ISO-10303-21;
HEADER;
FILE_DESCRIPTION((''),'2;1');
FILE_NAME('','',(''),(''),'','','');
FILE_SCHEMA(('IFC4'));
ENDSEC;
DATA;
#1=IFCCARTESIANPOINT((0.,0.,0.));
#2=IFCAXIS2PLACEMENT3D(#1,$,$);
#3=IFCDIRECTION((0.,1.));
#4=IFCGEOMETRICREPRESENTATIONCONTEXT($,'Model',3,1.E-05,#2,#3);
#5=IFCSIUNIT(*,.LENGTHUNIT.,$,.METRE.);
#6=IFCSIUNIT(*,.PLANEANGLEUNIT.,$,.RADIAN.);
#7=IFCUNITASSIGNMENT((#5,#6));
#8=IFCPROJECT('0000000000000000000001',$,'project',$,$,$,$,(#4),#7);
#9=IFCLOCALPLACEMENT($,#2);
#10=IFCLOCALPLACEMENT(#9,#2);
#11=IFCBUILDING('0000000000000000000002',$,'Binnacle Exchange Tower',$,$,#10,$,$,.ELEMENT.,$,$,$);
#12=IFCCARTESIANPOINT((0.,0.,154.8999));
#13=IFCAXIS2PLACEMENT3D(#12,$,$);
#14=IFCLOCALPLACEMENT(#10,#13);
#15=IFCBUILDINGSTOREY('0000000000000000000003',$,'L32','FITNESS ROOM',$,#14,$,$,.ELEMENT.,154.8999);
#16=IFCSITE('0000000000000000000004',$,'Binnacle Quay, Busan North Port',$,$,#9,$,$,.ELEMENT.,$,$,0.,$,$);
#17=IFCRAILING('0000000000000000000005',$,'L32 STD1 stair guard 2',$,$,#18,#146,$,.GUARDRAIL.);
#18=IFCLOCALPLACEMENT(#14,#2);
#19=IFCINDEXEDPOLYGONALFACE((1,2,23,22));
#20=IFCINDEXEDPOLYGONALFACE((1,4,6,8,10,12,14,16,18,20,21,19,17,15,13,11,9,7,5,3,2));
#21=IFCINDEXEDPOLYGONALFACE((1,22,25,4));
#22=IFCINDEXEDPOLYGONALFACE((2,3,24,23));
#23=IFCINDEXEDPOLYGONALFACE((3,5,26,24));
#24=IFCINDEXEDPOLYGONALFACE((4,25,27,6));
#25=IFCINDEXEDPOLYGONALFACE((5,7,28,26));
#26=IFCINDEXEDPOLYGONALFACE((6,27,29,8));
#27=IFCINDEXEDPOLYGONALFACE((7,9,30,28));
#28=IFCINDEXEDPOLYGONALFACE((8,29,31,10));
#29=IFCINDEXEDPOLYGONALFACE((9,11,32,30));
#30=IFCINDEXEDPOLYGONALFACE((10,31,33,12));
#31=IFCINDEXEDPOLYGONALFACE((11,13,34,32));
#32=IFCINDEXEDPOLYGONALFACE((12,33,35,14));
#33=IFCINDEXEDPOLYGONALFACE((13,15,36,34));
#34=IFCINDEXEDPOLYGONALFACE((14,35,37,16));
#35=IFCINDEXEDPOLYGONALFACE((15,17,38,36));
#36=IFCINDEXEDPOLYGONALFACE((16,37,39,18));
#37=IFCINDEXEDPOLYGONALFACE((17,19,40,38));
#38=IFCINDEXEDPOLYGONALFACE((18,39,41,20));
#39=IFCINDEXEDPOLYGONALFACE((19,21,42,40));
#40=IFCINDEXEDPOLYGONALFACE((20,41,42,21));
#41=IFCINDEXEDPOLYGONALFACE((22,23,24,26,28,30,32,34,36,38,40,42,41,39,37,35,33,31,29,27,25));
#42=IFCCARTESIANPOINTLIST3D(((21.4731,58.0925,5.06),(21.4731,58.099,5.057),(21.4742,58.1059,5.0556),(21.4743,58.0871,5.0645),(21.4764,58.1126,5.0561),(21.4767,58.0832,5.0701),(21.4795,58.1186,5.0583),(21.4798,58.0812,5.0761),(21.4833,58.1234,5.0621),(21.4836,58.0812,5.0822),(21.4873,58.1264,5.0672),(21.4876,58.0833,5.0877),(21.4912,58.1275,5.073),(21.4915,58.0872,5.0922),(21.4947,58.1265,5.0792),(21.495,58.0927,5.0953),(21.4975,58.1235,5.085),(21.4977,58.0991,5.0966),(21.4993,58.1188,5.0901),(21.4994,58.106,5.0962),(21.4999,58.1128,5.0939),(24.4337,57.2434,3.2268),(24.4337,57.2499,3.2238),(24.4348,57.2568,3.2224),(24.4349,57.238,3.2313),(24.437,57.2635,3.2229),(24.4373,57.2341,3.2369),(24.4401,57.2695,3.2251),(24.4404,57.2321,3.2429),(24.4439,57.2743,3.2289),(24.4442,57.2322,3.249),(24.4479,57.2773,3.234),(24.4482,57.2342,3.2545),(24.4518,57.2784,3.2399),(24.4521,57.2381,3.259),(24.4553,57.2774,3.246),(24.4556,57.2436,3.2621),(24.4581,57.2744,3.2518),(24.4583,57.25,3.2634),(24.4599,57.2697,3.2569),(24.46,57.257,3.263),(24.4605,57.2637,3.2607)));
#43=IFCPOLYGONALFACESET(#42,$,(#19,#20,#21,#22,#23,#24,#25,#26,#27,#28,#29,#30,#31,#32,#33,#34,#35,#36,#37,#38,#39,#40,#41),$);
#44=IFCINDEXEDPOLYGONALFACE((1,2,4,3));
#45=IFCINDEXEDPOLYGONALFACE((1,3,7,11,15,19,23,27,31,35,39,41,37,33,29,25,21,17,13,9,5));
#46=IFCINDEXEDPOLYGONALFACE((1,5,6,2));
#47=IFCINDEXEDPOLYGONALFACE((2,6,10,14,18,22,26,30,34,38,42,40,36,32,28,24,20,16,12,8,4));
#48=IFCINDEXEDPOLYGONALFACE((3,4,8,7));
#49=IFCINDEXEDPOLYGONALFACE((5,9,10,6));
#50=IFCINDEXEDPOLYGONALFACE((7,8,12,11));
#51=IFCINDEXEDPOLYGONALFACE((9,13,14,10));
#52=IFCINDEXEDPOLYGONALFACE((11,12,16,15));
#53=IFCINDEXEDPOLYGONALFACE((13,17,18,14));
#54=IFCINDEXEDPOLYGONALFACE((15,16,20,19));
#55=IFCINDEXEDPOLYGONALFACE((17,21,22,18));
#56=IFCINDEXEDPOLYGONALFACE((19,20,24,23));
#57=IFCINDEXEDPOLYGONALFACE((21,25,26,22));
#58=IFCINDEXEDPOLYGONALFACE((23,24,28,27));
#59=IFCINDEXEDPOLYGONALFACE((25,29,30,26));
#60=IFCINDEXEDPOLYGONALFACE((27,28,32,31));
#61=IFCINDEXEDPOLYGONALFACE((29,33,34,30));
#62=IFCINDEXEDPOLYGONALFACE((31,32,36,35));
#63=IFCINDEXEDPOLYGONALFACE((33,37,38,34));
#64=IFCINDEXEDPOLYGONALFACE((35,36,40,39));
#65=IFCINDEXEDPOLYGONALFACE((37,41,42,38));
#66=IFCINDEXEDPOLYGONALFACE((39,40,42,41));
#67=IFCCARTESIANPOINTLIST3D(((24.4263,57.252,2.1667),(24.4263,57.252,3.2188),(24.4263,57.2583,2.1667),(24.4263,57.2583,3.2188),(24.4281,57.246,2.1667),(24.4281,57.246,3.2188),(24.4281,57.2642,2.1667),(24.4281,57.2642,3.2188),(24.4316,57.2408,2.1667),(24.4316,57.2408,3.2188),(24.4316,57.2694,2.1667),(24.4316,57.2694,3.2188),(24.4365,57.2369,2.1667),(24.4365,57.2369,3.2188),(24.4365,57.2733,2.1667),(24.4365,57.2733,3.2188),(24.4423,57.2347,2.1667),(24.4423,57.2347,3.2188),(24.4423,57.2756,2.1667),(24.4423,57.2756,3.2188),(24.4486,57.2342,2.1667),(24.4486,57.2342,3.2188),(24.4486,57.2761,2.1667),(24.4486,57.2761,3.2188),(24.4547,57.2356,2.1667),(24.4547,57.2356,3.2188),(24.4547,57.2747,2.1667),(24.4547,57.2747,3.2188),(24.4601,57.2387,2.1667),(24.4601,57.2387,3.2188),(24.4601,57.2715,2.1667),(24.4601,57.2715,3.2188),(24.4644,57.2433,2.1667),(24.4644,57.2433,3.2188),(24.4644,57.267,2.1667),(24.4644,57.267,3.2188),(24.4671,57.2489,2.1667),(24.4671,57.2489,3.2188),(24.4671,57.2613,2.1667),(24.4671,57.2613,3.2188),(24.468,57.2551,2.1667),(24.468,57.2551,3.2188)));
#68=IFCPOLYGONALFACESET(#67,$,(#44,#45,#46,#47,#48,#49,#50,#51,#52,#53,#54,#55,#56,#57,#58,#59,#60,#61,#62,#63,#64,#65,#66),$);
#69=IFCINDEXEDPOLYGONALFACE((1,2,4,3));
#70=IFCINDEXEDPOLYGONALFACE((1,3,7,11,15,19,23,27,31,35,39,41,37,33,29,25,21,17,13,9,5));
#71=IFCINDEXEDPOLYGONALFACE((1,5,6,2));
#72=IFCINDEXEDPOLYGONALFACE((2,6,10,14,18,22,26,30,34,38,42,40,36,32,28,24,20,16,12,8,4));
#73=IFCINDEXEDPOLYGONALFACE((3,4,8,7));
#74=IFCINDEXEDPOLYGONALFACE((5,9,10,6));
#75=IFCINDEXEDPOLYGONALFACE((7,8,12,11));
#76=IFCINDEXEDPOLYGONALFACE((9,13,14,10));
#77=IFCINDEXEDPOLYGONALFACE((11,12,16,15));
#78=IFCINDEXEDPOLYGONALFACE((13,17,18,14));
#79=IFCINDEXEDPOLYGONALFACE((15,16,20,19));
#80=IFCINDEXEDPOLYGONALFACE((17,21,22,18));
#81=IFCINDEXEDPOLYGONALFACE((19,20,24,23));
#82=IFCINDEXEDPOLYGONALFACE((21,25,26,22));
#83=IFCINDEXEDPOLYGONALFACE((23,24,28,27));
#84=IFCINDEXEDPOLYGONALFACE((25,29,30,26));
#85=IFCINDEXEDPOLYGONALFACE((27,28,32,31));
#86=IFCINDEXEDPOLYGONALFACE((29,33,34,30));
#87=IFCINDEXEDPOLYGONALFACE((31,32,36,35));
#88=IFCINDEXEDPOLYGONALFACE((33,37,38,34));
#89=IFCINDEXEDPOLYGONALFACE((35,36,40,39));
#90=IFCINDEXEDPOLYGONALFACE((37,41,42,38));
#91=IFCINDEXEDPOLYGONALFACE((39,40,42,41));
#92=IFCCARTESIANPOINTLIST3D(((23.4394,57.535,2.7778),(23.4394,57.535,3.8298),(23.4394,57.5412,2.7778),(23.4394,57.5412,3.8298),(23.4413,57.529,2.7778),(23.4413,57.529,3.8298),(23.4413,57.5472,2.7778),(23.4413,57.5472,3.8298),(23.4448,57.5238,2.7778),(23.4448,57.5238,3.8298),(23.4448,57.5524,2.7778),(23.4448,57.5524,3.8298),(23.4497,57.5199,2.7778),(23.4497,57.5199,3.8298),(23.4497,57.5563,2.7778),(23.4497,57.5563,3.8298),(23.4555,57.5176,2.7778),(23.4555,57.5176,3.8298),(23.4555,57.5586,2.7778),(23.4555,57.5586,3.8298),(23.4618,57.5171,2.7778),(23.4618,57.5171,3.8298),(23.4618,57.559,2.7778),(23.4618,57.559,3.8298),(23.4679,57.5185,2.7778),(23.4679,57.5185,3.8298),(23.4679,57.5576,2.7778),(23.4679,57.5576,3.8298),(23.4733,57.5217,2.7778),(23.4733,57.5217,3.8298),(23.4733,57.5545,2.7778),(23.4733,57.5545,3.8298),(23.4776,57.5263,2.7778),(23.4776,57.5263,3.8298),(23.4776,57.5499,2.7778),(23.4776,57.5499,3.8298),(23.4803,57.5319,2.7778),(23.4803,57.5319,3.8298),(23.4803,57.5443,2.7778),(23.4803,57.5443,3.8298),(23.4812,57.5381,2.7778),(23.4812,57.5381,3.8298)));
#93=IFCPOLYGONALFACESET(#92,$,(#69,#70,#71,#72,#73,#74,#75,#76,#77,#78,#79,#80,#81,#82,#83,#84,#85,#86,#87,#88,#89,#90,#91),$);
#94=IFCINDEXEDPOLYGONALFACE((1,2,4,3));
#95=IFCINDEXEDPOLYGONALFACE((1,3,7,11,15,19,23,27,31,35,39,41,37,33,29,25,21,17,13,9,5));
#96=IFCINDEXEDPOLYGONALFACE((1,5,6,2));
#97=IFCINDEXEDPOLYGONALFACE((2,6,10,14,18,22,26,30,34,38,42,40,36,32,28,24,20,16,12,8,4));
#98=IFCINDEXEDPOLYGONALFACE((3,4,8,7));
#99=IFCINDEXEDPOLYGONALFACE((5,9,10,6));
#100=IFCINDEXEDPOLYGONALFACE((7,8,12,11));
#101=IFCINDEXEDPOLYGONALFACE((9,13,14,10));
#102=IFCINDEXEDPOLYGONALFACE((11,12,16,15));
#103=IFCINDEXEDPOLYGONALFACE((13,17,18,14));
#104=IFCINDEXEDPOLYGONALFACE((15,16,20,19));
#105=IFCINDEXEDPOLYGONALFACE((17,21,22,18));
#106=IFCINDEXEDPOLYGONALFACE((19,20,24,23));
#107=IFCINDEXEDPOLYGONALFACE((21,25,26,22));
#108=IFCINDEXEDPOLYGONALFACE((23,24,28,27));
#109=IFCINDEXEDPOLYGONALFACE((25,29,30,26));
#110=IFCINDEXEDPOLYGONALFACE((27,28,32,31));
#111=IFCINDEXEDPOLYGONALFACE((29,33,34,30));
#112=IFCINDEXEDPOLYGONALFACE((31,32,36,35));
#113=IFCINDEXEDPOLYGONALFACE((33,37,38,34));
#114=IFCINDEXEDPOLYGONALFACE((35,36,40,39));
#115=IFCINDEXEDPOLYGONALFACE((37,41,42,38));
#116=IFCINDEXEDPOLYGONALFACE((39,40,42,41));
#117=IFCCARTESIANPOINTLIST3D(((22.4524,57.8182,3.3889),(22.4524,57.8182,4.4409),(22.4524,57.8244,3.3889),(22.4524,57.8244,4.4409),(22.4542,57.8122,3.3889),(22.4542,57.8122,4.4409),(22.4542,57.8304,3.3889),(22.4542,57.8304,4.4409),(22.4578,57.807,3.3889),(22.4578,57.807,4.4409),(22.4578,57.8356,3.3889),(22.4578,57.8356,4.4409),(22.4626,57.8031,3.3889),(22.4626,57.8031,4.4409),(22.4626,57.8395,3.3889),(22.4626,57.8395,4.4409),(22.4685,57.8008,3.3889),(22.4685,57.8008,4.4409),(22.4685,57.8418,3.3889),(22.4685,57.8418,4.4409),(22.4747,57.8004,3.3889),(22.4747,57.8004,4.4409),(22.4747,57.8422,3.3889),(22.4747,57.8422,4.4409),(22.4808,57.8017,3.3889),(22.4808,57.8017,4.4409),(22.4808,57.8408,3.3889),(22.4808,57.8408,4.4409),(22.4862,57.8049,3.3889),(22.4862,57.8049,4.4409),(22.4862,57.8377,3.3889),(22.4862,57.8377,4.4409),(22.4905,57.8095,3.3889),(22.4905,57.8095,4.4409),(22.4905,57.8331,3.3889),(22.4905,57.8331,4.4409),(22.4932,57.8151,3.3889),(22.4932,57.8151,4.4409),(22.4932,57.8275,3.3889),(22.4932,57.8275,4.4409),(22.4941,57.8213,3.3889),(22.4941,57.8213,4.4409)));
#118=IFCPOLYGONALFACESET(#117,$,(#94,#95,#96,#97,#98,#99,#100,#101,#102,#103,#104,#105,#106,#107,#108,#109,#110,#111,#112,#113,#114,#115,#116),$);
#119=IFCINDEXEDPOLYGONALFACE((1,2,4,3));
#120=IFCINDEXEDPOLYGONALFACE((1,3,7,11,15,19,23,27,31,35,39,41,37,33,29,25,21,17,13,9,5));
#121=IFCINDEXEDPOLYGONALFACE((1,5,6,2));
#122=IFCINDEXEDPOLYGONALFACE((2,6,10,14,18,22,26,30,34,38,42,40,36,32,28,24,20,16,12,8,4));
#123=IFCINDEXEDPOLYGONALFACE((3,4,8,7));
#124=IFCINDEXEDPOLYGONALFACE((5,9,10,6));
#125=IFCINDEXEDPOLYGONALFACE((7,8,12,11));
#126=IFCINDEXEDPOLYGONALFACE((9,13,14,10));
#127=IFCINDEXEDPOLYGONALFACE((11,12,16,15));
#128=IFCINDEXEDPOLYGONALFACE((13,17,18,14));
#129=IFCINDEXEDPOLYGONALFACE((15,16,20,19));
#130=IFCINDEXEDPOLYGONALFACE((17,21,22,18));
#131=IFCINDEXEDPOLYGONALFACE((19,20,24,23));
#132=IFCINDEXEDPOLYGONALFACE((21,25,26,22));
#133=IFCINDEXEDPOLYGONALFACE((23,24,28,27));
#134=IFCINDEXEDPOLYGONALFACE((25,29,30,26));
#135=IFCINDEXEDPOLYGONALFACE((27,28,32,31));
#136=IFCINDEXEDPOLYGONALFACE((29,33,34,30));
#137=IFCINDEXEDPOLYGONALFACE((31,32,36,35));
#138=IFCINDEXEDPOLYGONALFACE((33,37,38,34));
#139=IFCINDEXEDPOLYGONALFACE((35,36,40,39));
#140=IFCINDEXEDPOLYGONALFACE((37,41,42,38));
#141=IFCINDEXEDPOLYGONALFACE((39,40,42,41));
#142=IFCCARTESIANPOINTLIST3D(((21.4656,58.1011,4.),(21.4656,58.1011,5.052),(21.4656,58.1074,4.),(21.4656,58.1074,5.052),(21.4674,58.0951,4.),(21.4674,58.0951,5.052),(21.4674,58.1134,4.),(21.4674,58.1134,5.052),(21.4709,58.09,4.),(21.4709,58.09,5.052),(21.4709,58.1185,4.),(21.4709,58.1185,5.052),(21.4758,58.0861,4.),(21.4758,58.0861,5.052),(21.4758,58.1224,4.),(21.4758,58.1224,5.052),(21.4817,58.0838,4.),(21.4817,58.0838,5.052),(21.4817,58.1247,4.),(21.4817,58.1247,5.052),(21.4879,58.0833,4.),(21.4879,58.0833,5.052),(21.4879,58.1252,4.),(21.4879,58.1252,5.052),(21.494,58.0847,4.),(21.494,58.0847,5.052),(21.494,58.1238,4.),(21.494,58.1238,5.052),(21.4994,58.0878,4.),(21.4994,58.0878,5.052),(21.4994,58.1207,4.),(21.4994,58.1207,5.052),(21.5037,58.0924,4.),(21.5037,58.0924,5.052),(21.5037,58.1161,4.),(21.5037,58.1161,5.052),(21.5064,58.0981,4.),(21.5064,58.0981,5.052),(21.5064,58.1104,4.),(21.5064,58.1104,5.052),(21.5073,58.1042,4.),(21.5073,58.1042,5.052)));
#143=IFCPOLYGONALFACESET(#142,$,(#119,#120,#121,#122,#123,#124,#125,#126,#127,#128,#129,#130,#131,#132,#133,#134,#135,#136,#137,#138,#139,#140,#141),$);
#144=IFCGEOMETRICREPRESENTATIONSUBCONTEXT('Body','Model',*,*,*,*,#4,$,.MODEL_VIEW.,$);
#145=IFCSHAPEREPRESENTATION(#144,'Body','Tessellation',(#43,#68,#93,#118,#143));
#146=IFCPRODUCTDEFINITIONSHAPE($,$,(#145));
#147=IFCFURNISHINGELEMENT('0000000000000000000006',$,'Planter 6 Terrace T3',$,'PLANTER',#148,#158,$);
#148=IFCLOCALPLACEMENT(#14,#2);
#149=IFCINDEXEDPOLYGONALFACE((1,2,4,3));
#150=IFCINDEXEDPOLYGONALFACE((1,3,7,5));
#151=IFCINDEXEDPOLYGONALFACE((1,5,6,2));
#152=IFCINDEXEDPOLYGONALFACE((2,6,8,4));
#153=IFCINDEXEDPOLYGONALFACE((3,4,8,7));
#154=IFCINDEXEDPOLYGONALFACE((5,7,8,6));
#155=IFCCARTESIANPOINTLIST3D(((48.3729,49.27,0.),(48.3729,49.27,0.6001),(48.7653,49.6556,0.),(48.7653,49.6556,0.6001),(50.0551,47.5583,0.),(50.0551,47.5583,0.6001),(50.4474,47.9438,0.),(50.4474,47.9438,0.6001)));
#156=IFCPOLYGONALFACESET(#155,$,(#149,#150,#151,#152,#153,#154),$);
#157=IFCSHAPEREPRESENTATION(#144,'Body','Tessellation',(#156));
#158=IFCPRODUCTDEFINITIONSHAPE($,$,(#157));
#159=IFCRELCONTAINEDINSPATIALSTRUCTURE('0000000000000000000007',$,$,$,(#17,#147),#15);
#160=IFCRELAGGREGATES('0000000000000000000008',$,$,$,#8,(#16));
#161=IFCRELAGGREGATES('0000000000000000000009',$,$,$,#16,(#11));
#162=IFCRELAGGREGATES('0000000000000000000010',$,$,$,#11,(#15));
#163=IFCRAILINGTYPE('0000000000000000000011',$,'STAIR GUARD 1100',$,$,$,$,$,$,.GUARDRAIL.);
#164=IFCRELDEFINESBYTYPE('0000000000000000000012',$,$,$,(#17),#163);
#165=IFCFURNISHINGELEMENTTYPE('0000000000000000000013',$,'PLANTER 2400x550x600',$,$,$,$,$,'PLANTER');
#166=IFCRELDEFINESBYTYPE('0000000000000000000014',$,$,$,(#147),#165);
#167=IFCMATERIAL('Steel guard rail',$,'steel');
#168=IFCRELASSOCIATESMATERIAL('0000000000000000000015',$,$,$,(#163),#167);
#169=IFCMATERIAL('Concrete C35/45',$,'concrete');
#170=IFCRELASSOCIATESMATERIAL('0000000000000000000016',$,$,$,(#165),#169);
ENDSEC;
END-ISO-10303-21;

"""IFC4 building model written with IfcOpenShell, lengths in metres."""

from ifc_helpers import new_model, si_unit, direction, frame, origin, origin_2d, place, context, subcontext, project, spatial, rectangle, circle, extrude, material, type_object, element, save


model = new_model("IFC4")

# Units and contexts
model_context = context("Model", 3, precision=1e-05, world=origin(), true_north=direction((0.0, 1.0)))
body_context = subcontext(model_context, "Body", "Model", "MODEL_VIEW")
ifc_project = project(units=[si_unit("LENGTHUNIT", "METRE"), si_unit("PLANEANGLEUNIT", "RADIAN")], contexts=[model_context])

# Site, building, storey
site_placement = place(None, origin())
site = spatial("IfcSite", under=ifc_project, at=site_placement, Name="Binnacle Quay, Busan North Port", CompositionType="ELEMENT", RefElevation=0.0)
building_placement = place(site_placement, origin())
building = spatial("IfcBuilding", under=site, at=building_placement, Name="Binnacle Exchange Tower", CompositionType="ELEMENT")
storey_placement = place(building_placement, frame((0.0, 0.0, 154.8999)))
storey = spatial("IfcBuildingStorey", under=building, at=storey_placement, Name="L32", Description="FITNESS ROOM", CompositionType="ELEMENT", Elevation=154.8999)

# Shared definitions
ifc_material_1 = material(Name="Concrete C35/45", Category="concrete")

# Railing
ifc_material_2 = material(Name="Steel guard rail", Category="steel")
railing_type_1 = type_object("IfcRailingType", Name="STAIR GUARD 1100", PredefinedType="GUARDRAIL", material=ifc_material_2)
railing_1_placement = place(storey_placement, frame((24.447, 57.2551, 2.1667)))
element("IfcRailing", 1, at=railing_1_placement, inside=storey, type_object=railing_type_1, Name="L32 STD1 stair guard 2", PredefinedType="GUARDRAIL", context=body_context, shape_type="SweptSolid", body=[
    extrude(circle(Radius=0.0239, at=origin_2d()), frame((0.0, 0.0, 1.0762), z_axis=(-0.826007, 0.236897, 0.511461), x_axis=(-0.275684, -0.961248, 0.0)), (0.0, 0.0, 1.0), 3.5842),
    extrude(circle(Radius=0.021, at=origin_2d()), origin(), (0.0, 0.0, 1.0), 1.052),
    extrude(circle(Radius=0.021, at=origin_2d()), frame((-0.9868, 0.283, 0.6111)), (0.0, 0.0, 1.0), 1.052),
    extrude(circle(Radius=0.021, at=origin_2d()), frame((-1.9739, 0.5662, 1.2222)), (0.0, 0.0, 1.0), 1.052),
    extrude(circle(Radius=0.021, at=origin_2d()), frame((-2.9607, 0.8491, 1.8333)), (0.0, 0.0, 1.0), 1.052),
])

# Furnishing element
furnishing_element_type = type_object("IfcFurnishingElementType", Name="PLANTER 2400x550x600", ElementType="PLANTER", material=ifc_material_1)
furnishing_placement = place(storey_placement, frame((49.4102, 48.6069, 0.0), z_axis=(0.0, 0.0, 1.0), x_axis=(-0.700909, 0.71325, 0.0)))
element("IfcFurnishingElement", 2, at=furnishing_placement, inside=storey, type_object=furnishing_element_type, Name="Planter 6 Terrace T3", ObjectType="PLANTER", context=body_context, shape_type="SweptSolid", body=[
    extrude(rectangle(XDim=2.3999, YDim=0.55, at=origin_2d()), origin(), (0.0, 0.0, 1.0), 0.6001),
])

save(model, "model.ifc")
